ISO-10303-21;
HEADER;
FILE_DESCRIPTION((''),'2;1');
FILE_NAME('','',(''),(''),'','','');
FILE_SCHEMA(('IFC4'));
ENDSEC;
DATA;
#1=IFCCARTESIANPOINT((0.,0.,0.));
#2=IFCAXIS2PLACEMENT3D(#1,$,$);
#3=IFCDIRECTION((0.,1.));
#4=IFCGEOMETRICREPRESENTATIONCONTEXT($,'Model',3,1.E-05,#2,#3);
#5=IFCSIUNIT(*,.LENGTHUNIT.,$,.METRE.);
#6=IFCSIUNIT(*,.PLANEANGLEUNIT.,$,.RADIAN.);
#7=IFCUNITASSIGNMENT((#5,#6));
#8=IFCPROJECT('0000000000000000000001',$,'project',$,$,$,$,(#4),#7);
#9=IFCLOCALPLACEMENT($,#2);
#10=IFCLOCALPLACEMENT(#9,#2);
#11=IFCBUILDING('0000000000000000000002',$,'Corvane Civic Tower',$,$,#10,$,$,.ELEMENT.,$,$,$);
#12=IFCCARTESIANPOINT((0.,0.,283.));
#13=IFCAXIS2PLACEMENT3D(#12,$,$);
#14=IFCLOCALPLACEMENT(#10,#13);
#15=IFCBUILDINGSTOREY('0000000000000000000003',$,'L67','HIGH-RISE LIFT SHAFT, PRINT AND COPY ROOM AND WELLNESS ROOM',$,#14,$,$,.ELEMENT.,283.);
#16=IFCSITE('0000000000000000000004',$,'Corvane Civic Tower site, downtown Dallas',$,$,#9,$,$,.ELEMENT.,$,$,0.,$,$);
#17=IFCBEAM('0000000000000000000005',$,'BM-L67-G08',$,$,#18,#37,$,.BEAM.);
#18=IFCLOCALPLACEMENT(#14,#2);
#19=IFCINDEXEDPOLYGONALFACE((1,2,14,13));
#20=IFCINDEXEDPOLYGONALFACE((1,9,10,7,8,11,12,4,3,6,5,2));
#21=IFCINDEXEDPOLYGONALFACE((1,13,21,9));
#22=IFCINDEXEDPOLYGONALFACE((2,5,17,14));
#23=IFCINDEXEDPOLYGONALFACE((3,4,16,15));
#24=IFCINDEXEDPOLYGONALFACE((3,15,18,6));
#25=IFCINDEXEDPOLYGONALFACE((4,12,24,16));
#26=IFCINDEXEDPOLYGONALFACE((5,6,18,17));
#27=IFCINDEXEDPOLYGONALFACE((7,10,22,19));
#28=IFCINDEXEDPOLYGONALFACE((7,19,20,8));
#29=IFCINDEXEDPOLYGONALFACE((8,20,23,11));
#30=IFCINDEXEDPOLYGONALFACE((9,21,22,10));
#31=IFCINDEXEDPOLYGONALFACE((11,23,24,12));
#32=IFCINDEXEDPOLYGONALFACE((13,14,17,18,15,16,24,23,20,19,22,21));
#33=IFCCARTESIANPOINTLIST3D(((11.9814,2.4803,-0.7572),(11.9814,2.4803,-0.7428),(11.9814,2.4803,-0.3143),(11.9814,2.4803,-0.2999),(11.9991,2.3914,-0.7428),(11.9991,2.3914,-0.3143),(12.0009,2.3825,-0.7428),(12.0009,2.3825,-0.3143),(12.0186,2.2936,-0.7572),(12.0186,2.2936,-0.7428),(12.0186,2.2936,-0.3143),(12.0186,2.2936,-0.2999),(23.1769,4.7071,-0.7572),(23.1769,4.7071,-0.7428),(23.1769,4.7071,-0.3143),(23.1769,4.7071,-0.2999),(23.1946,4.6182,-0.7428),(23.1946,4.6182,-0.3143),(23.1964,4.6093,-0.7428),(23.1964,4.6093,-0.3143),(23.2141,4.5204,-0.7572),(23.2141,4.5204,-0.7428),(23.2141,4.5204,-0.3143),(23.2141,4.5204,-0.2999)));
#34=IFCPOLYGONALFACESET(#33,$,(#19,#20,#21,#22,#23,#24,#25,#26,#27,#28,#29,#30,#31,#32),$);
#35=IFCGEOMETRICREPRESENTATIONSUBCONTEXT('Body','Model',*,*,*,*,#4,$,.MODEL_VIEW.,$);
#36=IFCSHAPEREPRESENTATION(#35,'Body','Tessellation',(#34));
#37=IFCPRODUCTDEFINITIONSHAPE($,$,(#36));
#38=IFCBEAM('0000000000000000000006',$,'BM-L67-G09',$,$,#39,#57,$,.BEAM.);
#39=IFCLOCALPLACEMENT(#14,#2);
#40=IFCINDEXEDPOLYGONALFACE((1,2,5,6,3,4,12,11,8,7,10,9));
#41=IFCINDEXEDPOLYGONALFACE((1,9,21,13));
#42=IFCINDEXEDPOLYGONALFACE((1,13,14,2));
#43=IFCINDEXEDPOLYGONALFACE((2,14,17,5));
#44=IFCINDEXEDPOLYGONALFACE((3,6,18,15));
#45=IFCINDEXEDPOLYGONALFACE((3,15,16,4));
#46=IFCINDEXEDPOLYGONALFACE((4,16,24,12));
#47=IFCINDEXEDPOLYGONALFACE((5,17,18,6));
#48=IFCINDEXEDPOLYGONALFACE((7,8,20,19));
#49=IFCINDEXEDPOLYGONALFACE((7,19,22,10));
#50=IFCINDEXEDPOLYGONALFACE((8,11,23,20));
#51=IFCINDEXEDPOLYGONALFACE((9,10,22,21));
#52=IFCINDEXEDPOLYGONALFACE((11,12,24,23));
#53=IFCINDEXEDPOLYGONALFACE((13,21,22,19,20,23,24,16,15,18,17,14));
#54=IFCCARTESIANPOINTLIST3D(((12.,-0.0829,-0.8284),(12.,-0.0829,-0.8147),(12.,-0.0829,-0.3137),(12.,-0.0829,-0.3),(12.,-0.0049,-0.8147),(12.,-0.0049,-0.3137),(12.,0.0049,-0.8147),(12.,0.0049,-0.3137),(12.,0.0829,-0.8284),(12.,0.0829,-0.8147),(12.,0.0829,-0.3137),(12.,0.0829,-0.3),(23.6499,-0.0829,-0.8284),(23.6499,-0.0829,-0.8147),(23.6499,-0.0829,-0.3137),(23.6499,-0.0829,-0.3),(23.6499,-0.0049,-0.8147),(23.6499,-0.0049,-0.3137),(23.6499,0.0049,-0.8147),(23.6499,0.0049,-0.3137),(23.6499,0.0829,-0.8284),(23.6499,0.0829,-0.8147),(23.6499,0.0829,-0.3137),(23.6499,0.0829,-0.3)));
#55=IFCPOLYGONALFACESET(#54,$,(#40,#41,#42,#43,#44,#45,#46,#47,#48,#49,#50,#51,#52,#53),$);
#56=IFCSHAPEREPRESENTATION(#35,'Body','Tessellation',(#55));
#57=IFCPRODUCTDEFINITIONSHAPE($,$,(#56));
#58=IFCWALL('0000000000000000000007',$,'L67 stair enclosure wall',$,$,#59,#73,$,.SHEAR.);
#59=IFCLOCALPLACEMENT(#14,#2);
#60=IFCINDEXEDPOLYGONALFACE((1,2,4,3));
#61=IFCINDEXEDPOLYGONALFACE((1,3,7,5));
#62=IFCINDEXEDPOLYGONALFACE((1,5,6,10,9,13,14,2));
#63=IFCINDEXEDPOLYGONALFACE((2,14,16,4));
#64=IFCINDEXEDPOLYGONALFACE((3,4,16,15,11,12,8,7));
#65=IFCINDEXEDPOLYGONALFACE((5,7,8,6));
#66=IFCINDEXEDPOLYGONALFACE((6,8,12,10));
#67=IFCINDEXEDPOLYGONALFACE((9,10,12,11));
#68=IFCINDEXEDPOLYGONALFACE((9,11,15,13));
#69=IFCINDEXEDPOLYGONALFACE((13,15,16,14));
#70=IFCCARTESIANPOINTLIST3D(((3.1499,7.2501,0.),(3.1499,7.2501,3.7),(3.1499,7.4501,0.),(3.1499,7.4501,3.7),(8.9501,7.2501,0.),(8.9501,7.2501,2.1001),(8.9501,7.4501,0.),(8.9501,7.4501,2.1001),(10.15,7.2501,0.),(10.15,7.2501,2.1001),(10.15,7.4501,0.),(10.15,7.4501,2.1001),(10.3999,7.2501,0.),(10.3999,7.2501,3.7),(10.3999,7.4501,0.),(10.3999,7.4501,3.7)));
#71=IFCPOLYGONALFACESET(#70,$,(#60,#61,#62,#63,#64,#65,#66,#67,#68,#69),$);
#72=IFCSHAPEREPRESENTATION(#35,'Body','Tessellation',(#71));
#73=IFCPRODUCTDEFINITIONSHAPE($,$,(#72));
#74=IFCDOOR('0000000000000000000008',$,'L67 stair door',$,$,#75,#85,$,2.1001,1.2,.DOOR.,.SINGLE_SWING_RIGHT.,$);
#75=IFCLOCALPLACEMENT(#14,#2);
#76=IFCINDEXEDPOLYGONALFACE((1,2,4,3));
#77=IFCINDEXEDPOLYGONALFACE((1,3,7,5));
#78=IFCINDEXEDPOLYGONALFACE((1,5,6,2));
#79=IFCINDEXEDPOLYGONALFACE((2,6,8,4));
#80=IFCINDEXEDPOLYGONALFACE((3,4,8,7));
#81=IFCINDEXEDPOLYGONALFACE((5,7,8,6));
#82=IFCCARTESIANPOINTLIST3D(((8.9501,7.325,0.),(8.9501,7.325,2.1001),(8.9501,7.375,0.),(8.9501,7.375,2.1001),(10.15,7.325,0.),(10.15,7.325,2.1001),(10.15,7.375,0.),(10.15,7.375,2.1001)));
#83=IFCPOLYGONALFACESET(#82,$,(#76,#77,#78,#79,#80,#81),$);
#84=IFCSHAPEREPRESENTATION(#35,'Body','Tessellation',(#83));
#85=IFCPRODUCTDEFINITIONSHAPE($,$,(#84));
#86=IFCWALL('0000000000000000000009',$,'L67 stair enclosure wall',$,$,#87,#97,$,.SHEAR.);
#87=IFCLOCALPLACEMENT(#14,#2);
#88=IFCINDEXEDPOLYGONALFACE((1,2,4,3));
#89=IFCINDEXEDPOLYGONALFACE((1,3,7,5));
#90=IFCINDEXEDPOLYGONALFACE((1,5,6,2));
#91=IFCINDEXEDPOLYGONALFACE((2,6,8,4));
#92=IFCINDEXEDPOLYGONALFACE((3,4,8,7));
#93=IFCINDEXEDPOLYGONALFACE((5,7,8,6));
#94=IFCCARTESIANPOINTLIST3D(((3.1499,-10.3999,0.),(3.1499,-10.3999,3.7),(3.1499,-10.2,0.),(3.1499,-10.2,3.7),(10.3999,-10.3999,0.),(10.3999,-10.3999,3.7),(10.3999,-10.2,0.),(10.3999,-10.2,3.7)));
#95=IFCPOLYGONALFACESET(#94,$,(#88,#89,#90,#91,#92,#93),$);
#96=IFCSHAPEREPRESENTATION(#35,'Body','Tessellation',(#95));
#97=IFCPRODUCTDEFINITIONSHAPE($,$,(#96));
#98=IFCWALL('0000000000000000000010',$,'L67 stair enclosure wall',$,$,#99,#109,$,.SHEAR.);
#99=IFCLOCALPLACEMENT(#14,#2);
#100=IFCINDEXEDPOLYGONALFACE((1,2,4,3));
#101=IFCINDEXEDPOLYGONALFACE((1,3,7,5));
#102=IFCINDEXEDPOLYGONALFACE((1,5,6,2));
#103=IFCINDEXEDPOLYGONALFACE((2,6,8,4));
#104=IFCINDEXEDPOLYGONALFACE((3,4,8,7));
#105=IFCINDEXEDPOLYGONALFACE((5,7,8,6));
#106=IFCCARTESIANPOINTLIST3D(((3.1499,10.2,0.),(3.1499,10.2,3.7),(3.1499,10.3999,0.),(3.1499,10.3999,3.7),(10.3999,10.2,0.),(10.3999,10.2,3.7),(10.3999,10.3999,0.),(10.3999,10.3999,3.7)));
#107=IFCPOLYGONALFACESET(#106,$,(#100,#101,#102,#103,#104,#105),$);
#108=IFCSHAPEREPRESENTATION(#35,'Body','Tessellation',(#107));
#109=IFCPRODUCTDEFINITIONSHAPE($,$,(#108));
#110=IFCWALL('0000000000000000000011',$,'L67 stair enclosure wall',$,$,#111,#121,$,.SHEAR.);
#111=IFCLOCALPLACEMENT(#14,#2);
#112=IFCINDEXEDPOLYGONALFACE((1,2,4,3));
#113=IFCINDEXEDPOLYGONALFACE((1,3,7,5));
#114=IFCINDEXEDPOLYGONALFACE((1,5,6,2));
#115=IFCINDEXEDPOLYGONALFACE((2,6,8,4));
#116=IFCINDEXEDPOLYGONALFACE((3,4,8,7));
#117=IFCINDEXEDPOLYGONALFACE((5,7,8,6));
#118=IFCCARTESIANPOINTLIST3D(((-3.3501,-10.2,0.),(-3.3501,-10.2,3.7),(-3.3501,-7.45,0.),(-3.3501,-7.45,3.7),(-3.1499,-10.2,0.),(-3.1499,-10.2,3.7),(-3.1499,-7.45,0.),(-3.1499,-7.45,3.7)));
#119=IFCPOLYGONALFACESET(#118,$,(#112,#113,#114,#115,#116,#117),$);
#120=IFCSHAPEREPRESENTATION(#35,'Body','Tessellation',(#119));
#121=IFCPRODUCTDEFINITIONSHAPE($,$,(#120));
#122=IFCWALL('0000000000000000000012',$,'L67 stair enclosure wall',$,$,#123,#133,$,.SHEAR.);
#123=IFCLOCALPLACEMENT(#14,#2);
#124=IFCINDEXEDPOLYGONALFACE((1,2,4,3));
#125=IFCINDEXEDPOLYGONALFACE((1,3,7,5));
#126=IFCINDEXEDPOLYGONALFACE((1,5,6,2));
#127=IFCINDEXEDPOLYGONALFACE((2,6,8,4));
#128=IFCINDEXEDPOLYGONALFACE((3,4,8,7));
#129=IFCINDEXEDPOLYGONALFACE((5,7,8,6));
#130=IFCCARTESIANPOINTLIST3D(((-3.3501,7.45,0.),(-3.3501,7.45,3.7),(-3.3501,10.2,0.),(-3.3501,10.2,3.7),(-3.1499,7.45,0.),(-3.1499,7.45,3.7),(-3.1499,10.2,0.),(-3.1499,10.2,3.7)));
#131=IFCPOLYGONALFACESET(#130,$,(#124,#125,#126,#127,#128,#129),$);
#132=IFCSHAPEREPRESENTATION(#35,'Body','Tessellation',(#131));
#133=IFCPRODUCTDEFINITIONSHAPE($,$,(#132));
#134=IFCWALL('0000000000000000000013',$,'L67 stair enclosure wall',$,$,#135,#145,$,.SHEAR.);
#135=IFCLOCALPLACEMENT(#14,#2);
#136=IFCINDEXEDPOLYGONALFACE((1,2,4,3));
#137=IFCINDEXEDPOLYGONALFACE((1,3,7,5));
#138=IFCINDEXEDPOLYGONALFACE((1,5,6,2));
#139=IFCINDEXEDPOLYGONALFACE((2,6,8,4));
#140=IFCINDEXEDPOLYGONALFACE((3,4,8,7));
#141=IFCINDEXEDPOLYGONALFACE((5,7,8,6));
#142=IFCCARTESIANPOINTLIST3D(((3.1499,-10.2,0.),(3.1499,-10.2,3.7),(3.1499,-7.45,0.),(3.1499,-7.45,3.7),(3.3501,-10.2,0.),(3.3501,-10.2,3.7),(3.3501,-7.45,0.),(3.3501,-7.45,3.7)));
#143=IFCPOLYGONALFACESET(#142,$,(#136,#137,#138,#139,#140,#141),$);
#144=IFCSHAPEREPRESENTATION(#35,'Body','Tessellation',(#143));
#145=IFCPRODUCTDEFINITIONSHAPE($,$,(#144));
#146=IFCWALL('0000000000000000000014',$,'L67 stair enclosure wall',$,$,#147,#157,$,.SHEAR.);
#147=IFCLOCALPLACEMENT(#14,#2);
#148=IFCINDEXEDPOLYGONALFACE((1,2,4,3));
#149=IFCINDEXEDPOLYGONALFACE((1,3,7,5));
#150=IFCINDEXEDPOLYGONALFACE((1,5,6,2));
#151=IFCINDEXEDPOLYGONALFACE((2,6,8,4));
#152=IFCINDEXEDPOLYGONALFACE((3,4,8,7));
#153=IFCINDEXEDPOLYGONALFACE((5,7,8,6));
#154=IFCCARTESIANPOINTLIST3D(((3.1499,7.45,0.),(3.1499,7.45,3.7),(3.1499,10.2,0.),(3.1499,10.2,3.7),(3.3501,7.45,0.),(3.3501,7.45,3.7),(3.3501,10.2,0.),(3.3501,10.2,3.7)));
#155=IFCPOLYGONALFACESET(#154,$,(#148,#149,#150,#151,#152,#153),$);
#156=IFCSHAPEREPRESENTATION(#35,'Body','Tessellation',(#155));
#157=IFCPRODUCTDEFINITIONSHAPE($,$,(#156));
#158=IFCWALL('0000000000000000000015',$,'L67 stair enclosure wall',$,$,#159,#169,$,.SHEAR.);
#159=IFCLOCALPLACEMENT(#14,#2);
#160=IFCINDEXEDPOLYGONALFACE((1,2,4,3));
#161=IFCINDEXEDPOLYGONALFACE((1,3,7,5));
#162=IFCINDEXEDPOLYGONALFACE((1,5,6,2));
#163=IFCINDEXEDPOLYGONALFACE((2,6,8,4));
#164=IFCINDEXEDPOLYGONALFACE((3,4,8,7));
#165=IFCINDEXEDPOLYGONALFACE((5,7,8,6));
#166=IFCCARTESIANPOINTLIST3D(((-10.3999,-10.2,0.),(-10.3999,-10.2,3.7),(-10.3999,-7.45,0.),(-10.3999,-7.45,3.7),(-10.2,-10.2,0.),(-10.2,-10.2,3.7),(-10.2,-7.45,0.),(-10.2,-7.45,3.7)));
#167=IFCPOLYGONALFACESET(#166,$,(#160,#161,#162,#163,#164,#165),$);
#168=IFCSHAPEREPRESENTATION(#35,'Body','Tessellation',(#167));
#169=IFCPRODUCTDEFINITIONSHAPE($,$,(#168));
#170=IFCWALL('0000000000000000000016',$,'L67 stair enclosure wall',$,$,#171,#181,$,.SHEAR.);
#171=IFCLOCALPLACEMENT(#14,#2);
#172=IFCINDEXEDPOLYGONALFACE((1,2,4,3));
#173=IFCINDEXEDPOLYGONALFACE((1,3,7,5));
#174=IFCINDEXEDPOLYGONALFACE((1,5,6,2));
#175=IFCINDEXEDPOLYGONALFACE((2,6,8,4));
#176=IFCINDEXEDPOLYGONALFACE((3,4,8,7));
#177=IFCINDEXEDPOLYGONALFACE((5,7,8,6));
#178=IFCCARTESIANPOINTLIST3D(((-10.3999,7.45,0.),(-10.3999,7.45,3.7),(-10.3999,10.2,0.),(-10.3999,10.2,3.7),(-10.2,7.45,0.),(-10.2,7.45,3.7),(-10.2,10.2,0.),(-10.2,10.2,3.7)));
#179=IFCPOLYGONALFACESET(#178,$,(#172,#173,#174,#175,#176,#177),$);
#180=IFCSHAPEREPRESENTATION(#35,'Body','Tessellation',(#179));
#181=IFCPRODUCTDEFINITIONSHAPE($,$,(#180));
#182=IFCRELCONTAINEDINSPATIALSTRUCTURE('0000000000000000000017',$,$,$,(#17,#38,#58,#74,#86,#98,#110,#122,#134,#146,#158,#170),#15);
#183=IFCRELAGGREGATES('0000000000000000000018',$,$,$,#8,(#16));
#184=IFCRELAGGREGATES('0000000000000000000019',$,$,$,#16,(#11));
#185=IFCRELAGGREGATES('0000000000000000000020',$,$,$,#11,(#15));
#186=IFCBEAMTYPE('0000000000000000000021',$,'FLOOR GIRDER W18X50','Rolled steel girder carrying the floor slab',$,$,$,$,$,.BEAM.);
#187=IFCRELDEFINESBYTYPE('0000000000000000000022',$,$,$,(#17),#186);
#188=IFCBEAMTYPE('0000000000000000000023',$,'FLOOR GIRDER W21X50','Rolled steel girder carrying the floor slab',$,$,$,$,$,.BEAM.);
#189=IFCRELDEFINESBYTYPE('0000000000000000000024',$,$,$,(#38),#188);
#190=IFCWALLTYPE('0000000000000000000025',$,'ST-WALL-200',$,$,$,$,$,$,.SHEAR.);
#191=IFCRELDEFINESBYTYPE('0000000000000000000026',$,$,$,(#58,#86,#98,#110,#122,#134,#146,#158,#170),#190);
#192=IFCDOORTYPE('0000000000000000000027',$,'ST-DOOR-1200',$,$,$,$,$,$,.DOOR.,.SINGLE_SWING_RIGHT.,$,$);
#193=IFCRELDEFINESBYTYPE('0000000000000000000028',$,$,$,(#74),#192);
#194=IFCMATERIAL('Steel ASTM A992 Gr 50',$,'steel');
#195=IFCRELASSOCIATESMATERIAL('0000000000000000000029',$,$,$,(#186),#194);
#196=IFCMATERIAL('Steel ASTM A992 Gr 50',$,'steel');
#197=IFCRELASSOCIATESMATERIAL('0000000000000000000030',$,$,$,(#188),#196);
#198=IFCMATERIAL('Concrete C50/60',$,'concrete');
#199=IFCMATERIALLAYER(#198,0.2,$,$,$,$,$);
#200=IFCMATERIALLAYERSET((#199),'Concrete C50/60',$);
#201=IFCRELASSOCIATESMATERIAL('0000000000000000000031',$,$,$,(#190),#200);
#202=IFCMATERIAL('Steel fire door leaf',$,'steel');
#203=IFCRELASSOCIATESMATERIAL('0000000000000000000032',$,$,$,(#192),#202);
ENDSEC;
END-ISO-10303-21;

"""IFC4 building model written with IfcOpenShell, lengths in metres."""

from ifc_helpers import new_model, si_unit, direction, frame, frame_2d, origin, origin_2d, place, context, subcontext, project, spatial, polyline, rectangle, i_section, outline, extrude, material, layer, layer_set, material_profile, profile_set, type_object, element, fill, save


model = new_model("IFC4")

# Units and contexts
model_context = context("Model", 3, precision=1e-05, world=origin(), true_north=direction((0.0, 1.0)))
body_context = subcontext(model_context, "Body", "Model", "MODEL_VIEW")
ifc_project = project(units=[si_unit("LENGTHUNIT", "METRE"), si_unit("PLANEANGLEUNIT", "RADIAN")], contexts=[model_context])

# Site, building, storey
site_placement = place(None, origin())
site = spatial("IfcSite", under=ifc_project, at=site_placement, Name="Corvane Civic Tower site, downtown Dallas", CompositionType="ELEMENT", RefElevation=0.0)
building_placement = place(site_placement, origin())
building = spatial("IfcBuilding", under=site, at=building_placement, Name="Corvane Civic Tower", CompositionType="ELEMENT")
storey_placement = place(building_placement, frame((0.0, 0.0, 283.0)))
storey = spatial("IfcBuildingStorey", under=building, at=storey_placement, Name="L67", Description="HIGH-RISE LIFT SHAFT, PRINT AND COPY ROOM AND WELLNESS ROOM", CompositionType="ELEMENT", Elevation=283.0)

# Beams
ifc_material_1 = material(Name="Steel ASTM A992 Gr 50", Category="steel")
ifc_material_profile_1 = material_profile(ifc_material_1, i_section(OverallWidth=0.1904, OverallDepth=0.4573, WebThickness=0.009, FlangeThickness=0.0144, at=origin_2d()), Name="W18X50")
ifc_profile_set_1 = profile_set([ifc_material_profile_1], Name="Steel ASTM A992 Gr 50")
beam_type_1 = type_object("IfcBeamType", Name="FLOOR GIRDER W18X50", Description="Rolled steel girder carrying the floor slab", PredefinedType="BEAM", material=ifc_profile_set_1)
beam_1_placement = place(storey_placement, frame((12.0, 2.387, -0.5286), z_axis=(0.980787, 0.19508, 0.0), x_axis=(-0.19508, 0.980787, 0.0)))
element("IfcBeam", 1, at=beam_1_placement, inside=storey, type_object=beam_type_1, Name="BM-L67-G08", PredefinedType="BEAM", context=body_context, shape_type="SweptSolid", body=[
    extrude(i_section(OverallWidth=0.1904, OverallDepth=0.4573, WebThickness=0.009, FlangeThickness=0.0144, at=origin_2d()), origin(), (0.0, 0.0, 1.0), 11.4148),
])
ifc_material_2 = material(Name="Steel ASTM A992 Gr 50", Category="steel")
ifc_material_profile_2 = material_profile(ifc_material_2, i_section(OverallWidth=0.1658, OverallDepth=0.5283, WebThickness=0.0098, FlangeThickness=0.0137, at=origin_2d()), Name="W21X50")
ifc_profile_set_2 = profile_set([ifc_material_profile_2], Name="Steel ASTM A992 Gr 50")
beam_type_2 = type_object("IfcBeamType", Name="FLOOR GIRDER W21X50", Description="Rolled steel girder carrying the floor slab", PredefinedType="BEAM", material=ifc_profile_set_2)
beam_2_placement = place(storey_placement, frame((12.0, 0.0, -0.5642), z_axis=(1.0, 0.0, 0.0), x_axis=(0.0, 1.0, 0.0)))
element("IfcBeam", 2, at=beam_2_placement, inside=storey, type_object=beam_type_2, Name="BM-L67-G09", PredefinedType="BEAM", context=body_context, shape_type="SweptSolid", body=[
    extrude(i_section(OverallWidth=0.1658, OverallDepth=0.5283, WebThickness=0.0098, FlangeThickness=0.0137, at=origin_2d()), origin(), (0.0, 0.0, 1.0), 11.6499),
])

# Wall, opening, door
ifc_material_3 = material(Name="Concrete C50/60", Category="concrete")
ifc_layer = layer(ifc_material_3, 0.2)
ifc_layer_set = layer_set([ifc_layer], Name="Concrete C50/60")
wall_type = type_object("IfcWallType", Name="ST-WALL-200", PredefinedType="SHEAR", material=ifc_layer_set)
wall_1_placement = place(storey_placement, frame((3.1499, 7.3501, 0.0), z_axis=(0.0, 0.0, 1.0), x_axis=(1.0, 0.0, 0.0)))
wall_1 = element("IfcWall", 3, at=wall_1_placement, inside=storey, type_object=wall_type, Name="L67 stair enclosure wall", PredefinedType="SHEAR", context=body_context, shape_type="SweptSolid", body=[
    extrude(rectangle(XDim=7.25, YDim=0.2, at=frame_2d((3.625, 0.0))), origin(), (0.0, 0.0, 1.0), 3.7),
])
opening_placement = place(wall_1_placement, frame((5.8, 0.0, 0.0)))
opening = element("IfcOpeningElement", 4, at=opening_placement, cuts=wall_1, PredefinedType="OPENING", context=body_context, shape_type="SweptSolid", body=[
    extrude(rectangle(XDim=1.2, YDim=2.1001, at=frame_2d((0.6001, 1.05))), frame((0.0, 0.1099, 0.0), z_axis=(0.0, -1.0, 0.0), x_axis=(1.0, 0.0, 0.0)), (0.0, 0.0, 1.0), 0.22),
])
ifc_material_4 = material(Name="Steel fire door leaf", Category="steel")
door_type = type_object("IfcDoorType", Name="ST-DOOR-1200", OperationType="SINGLE_SWING_RIGHT", PredefinedType="DOOR", material=ifc_material_4)
door_placement = place(opening_placement, origin())
door = element("IfcDoor", 5, at=door_placement, inside=storey, type_object=door_type, Name="L67 stair door", OperationType="SINGLE_SWING_RIGHT", OverallHeight=2.1001, OverallWidth=1.2, PredefinedType="DOOR", context=body_context, shape_type="SweptSolid", body=[
    extrude(rectangle(XDim=1.2, YDim=2.1001, at=frame_2d((0.6001, 1.05))), frame((0.0, 0.0249, 0.0), z_axis=(0.0, -1.0, 0.0), x_axis=(1.0, 0.0, 0.0)), (0.0, 0.0, 1.0), 0.05),
])
fill(opening, door)

# Walls
wall_2_placement = place(storey_placement, origin())
element("IfcWall", 6, at=wall_2_placement, inside=storey, type_object=wall_type, Name="L67 stair enclosure wall", PredefinedType="SHEAR", context=body_context, shape_type="SweptSolid", body=[
    extrude(outline(polyline([(10.3999, -10.3999), (3.1499, -10.3999), (3.1499, -10.2), (10.3999, -10.2), (10.3999, -10.3999)])), origin(), (0.0, 0.0, 1.0), 3.7),
])
wall_3_placement = place(storey_placement, origin())
element("IfcWall", 7, at=wall_3_placement, inside=storey, type_object=wall_type, Name="L67 stair enclosure wall", PredefinedType="SHEAR", context=body_context, shape_type="SweptSolid", body=[
    extrude(outline(polyline([(10.3999, 10.2), (3.1499, 10.2), (3.1499, 10.3999), (10.3999, 10.3999), (10.3999, 10.2)])), origin(), (0.0, 0.0, 1.0), 3.7),
])
wall_4_placement = place(storey_placement, origin())
element("IfcWall", 8, at=wall_4_placement, inside=storey, type_object=wall_type, Name="L67 stair enclosure wall", PredefinedType="SHEAR", context=body_context, shape_type="SweptSolid", body=[
    extrude(outline(polyline([(-3.1499, -7.45), (-3.1499, -10.2), (-3.3501, -10.2), (-3.3501, -7.45), (-3.1499, -7.45)])), origin(), (0.0, 0.0, 1.0), 3.7),
])
wall_5_placement = place(storey_placement, origin())
element("IfcWall", 9, at=wall_5_placement, inside=storey, type_object=wall_type, Name="L67 stair enclosure wall", PredefinedType="SHEAR", context=body_context, shape_type="SweptSolid", body=[
    extrude(outline(polyline([(-3.1499, 7.45), (-3.3501, 7.45), (-3.3501, 10.2), (-3.1499, 10.2), (-3.1499, 7.45)])), origin(), (0.0, 0.0, 1.0), 3.7),
])
wall_6_placement = place(storey_placement, origin())
element("IfcWall", 10, at=wall_6_placement, inside=storey, type_object=wall_type, Name="L67 stair enclosure wall", PredefinedType="SHEAR", context=body_context, shape_type="SweptSolid", body=[
    extrude(outline(polyline([(3.3501, -7.45), (3.3501, -10.2), (3.1499, -10.2), (3.1499, -7.45), (3.3501, -7.45)])), origin(), (0.0, 0.0, 1.0), 3.7),
])
wall_7_placement = place(storey_placement, origin())
element("IfcWall", 11, at=wall_7_placement, inside=storey, type_object=wall_type, Name="L67 stair enclosure wall", PredefinedType="SHEAR", context=body_context, shape_type="SweptSolid", body=[
    extrude(outline(polyline([(3.3501, 7.45), (3.1499, 7.45), (3.1499, 10.2), (3.3501, 10.2), (3.3501, 7.45)])), origin(), (0.0, 0.0, 1.0), 3.7),
])
wall_8_placement = place(storey_placement, origin())
element("IfcWall", 12, at=wall_8_placement, inside=storey, type_object=wall_type, Name="L67 stair enclosure wall", PredefinedType="SHEAR", context=body_context, shape_type="SweptSolid", body=[
    extrude(outline(polyline([(-10.2, -7.45), (-10.2, -10.2), (-10.3999, -10.2), (-10.3999, -7.45), (-10.2, -7.45)])), origin(), (0.0, 0.0, 1.0), 3.7),
])
wall_9_placement = place(storey_placement, origin())
element("IfcWall", 13, at=wall_9_placement, inside=storey, type_object=wall_type, Name="L67 stair enclosure wall", PredefinedType="SHEAR", context=body_context, shape_type="SweptSolid", body=[
    extrude(outline(polyline([(-10.2, 7.45), (-10.3999, 7.45), (-10.3999, 10.2), (-10.2, 10.2), (-10.2, 7.45)])), origin(), (0.0, 0.0, 1.0), 3.7),
])

save(model, "model.ifc")
